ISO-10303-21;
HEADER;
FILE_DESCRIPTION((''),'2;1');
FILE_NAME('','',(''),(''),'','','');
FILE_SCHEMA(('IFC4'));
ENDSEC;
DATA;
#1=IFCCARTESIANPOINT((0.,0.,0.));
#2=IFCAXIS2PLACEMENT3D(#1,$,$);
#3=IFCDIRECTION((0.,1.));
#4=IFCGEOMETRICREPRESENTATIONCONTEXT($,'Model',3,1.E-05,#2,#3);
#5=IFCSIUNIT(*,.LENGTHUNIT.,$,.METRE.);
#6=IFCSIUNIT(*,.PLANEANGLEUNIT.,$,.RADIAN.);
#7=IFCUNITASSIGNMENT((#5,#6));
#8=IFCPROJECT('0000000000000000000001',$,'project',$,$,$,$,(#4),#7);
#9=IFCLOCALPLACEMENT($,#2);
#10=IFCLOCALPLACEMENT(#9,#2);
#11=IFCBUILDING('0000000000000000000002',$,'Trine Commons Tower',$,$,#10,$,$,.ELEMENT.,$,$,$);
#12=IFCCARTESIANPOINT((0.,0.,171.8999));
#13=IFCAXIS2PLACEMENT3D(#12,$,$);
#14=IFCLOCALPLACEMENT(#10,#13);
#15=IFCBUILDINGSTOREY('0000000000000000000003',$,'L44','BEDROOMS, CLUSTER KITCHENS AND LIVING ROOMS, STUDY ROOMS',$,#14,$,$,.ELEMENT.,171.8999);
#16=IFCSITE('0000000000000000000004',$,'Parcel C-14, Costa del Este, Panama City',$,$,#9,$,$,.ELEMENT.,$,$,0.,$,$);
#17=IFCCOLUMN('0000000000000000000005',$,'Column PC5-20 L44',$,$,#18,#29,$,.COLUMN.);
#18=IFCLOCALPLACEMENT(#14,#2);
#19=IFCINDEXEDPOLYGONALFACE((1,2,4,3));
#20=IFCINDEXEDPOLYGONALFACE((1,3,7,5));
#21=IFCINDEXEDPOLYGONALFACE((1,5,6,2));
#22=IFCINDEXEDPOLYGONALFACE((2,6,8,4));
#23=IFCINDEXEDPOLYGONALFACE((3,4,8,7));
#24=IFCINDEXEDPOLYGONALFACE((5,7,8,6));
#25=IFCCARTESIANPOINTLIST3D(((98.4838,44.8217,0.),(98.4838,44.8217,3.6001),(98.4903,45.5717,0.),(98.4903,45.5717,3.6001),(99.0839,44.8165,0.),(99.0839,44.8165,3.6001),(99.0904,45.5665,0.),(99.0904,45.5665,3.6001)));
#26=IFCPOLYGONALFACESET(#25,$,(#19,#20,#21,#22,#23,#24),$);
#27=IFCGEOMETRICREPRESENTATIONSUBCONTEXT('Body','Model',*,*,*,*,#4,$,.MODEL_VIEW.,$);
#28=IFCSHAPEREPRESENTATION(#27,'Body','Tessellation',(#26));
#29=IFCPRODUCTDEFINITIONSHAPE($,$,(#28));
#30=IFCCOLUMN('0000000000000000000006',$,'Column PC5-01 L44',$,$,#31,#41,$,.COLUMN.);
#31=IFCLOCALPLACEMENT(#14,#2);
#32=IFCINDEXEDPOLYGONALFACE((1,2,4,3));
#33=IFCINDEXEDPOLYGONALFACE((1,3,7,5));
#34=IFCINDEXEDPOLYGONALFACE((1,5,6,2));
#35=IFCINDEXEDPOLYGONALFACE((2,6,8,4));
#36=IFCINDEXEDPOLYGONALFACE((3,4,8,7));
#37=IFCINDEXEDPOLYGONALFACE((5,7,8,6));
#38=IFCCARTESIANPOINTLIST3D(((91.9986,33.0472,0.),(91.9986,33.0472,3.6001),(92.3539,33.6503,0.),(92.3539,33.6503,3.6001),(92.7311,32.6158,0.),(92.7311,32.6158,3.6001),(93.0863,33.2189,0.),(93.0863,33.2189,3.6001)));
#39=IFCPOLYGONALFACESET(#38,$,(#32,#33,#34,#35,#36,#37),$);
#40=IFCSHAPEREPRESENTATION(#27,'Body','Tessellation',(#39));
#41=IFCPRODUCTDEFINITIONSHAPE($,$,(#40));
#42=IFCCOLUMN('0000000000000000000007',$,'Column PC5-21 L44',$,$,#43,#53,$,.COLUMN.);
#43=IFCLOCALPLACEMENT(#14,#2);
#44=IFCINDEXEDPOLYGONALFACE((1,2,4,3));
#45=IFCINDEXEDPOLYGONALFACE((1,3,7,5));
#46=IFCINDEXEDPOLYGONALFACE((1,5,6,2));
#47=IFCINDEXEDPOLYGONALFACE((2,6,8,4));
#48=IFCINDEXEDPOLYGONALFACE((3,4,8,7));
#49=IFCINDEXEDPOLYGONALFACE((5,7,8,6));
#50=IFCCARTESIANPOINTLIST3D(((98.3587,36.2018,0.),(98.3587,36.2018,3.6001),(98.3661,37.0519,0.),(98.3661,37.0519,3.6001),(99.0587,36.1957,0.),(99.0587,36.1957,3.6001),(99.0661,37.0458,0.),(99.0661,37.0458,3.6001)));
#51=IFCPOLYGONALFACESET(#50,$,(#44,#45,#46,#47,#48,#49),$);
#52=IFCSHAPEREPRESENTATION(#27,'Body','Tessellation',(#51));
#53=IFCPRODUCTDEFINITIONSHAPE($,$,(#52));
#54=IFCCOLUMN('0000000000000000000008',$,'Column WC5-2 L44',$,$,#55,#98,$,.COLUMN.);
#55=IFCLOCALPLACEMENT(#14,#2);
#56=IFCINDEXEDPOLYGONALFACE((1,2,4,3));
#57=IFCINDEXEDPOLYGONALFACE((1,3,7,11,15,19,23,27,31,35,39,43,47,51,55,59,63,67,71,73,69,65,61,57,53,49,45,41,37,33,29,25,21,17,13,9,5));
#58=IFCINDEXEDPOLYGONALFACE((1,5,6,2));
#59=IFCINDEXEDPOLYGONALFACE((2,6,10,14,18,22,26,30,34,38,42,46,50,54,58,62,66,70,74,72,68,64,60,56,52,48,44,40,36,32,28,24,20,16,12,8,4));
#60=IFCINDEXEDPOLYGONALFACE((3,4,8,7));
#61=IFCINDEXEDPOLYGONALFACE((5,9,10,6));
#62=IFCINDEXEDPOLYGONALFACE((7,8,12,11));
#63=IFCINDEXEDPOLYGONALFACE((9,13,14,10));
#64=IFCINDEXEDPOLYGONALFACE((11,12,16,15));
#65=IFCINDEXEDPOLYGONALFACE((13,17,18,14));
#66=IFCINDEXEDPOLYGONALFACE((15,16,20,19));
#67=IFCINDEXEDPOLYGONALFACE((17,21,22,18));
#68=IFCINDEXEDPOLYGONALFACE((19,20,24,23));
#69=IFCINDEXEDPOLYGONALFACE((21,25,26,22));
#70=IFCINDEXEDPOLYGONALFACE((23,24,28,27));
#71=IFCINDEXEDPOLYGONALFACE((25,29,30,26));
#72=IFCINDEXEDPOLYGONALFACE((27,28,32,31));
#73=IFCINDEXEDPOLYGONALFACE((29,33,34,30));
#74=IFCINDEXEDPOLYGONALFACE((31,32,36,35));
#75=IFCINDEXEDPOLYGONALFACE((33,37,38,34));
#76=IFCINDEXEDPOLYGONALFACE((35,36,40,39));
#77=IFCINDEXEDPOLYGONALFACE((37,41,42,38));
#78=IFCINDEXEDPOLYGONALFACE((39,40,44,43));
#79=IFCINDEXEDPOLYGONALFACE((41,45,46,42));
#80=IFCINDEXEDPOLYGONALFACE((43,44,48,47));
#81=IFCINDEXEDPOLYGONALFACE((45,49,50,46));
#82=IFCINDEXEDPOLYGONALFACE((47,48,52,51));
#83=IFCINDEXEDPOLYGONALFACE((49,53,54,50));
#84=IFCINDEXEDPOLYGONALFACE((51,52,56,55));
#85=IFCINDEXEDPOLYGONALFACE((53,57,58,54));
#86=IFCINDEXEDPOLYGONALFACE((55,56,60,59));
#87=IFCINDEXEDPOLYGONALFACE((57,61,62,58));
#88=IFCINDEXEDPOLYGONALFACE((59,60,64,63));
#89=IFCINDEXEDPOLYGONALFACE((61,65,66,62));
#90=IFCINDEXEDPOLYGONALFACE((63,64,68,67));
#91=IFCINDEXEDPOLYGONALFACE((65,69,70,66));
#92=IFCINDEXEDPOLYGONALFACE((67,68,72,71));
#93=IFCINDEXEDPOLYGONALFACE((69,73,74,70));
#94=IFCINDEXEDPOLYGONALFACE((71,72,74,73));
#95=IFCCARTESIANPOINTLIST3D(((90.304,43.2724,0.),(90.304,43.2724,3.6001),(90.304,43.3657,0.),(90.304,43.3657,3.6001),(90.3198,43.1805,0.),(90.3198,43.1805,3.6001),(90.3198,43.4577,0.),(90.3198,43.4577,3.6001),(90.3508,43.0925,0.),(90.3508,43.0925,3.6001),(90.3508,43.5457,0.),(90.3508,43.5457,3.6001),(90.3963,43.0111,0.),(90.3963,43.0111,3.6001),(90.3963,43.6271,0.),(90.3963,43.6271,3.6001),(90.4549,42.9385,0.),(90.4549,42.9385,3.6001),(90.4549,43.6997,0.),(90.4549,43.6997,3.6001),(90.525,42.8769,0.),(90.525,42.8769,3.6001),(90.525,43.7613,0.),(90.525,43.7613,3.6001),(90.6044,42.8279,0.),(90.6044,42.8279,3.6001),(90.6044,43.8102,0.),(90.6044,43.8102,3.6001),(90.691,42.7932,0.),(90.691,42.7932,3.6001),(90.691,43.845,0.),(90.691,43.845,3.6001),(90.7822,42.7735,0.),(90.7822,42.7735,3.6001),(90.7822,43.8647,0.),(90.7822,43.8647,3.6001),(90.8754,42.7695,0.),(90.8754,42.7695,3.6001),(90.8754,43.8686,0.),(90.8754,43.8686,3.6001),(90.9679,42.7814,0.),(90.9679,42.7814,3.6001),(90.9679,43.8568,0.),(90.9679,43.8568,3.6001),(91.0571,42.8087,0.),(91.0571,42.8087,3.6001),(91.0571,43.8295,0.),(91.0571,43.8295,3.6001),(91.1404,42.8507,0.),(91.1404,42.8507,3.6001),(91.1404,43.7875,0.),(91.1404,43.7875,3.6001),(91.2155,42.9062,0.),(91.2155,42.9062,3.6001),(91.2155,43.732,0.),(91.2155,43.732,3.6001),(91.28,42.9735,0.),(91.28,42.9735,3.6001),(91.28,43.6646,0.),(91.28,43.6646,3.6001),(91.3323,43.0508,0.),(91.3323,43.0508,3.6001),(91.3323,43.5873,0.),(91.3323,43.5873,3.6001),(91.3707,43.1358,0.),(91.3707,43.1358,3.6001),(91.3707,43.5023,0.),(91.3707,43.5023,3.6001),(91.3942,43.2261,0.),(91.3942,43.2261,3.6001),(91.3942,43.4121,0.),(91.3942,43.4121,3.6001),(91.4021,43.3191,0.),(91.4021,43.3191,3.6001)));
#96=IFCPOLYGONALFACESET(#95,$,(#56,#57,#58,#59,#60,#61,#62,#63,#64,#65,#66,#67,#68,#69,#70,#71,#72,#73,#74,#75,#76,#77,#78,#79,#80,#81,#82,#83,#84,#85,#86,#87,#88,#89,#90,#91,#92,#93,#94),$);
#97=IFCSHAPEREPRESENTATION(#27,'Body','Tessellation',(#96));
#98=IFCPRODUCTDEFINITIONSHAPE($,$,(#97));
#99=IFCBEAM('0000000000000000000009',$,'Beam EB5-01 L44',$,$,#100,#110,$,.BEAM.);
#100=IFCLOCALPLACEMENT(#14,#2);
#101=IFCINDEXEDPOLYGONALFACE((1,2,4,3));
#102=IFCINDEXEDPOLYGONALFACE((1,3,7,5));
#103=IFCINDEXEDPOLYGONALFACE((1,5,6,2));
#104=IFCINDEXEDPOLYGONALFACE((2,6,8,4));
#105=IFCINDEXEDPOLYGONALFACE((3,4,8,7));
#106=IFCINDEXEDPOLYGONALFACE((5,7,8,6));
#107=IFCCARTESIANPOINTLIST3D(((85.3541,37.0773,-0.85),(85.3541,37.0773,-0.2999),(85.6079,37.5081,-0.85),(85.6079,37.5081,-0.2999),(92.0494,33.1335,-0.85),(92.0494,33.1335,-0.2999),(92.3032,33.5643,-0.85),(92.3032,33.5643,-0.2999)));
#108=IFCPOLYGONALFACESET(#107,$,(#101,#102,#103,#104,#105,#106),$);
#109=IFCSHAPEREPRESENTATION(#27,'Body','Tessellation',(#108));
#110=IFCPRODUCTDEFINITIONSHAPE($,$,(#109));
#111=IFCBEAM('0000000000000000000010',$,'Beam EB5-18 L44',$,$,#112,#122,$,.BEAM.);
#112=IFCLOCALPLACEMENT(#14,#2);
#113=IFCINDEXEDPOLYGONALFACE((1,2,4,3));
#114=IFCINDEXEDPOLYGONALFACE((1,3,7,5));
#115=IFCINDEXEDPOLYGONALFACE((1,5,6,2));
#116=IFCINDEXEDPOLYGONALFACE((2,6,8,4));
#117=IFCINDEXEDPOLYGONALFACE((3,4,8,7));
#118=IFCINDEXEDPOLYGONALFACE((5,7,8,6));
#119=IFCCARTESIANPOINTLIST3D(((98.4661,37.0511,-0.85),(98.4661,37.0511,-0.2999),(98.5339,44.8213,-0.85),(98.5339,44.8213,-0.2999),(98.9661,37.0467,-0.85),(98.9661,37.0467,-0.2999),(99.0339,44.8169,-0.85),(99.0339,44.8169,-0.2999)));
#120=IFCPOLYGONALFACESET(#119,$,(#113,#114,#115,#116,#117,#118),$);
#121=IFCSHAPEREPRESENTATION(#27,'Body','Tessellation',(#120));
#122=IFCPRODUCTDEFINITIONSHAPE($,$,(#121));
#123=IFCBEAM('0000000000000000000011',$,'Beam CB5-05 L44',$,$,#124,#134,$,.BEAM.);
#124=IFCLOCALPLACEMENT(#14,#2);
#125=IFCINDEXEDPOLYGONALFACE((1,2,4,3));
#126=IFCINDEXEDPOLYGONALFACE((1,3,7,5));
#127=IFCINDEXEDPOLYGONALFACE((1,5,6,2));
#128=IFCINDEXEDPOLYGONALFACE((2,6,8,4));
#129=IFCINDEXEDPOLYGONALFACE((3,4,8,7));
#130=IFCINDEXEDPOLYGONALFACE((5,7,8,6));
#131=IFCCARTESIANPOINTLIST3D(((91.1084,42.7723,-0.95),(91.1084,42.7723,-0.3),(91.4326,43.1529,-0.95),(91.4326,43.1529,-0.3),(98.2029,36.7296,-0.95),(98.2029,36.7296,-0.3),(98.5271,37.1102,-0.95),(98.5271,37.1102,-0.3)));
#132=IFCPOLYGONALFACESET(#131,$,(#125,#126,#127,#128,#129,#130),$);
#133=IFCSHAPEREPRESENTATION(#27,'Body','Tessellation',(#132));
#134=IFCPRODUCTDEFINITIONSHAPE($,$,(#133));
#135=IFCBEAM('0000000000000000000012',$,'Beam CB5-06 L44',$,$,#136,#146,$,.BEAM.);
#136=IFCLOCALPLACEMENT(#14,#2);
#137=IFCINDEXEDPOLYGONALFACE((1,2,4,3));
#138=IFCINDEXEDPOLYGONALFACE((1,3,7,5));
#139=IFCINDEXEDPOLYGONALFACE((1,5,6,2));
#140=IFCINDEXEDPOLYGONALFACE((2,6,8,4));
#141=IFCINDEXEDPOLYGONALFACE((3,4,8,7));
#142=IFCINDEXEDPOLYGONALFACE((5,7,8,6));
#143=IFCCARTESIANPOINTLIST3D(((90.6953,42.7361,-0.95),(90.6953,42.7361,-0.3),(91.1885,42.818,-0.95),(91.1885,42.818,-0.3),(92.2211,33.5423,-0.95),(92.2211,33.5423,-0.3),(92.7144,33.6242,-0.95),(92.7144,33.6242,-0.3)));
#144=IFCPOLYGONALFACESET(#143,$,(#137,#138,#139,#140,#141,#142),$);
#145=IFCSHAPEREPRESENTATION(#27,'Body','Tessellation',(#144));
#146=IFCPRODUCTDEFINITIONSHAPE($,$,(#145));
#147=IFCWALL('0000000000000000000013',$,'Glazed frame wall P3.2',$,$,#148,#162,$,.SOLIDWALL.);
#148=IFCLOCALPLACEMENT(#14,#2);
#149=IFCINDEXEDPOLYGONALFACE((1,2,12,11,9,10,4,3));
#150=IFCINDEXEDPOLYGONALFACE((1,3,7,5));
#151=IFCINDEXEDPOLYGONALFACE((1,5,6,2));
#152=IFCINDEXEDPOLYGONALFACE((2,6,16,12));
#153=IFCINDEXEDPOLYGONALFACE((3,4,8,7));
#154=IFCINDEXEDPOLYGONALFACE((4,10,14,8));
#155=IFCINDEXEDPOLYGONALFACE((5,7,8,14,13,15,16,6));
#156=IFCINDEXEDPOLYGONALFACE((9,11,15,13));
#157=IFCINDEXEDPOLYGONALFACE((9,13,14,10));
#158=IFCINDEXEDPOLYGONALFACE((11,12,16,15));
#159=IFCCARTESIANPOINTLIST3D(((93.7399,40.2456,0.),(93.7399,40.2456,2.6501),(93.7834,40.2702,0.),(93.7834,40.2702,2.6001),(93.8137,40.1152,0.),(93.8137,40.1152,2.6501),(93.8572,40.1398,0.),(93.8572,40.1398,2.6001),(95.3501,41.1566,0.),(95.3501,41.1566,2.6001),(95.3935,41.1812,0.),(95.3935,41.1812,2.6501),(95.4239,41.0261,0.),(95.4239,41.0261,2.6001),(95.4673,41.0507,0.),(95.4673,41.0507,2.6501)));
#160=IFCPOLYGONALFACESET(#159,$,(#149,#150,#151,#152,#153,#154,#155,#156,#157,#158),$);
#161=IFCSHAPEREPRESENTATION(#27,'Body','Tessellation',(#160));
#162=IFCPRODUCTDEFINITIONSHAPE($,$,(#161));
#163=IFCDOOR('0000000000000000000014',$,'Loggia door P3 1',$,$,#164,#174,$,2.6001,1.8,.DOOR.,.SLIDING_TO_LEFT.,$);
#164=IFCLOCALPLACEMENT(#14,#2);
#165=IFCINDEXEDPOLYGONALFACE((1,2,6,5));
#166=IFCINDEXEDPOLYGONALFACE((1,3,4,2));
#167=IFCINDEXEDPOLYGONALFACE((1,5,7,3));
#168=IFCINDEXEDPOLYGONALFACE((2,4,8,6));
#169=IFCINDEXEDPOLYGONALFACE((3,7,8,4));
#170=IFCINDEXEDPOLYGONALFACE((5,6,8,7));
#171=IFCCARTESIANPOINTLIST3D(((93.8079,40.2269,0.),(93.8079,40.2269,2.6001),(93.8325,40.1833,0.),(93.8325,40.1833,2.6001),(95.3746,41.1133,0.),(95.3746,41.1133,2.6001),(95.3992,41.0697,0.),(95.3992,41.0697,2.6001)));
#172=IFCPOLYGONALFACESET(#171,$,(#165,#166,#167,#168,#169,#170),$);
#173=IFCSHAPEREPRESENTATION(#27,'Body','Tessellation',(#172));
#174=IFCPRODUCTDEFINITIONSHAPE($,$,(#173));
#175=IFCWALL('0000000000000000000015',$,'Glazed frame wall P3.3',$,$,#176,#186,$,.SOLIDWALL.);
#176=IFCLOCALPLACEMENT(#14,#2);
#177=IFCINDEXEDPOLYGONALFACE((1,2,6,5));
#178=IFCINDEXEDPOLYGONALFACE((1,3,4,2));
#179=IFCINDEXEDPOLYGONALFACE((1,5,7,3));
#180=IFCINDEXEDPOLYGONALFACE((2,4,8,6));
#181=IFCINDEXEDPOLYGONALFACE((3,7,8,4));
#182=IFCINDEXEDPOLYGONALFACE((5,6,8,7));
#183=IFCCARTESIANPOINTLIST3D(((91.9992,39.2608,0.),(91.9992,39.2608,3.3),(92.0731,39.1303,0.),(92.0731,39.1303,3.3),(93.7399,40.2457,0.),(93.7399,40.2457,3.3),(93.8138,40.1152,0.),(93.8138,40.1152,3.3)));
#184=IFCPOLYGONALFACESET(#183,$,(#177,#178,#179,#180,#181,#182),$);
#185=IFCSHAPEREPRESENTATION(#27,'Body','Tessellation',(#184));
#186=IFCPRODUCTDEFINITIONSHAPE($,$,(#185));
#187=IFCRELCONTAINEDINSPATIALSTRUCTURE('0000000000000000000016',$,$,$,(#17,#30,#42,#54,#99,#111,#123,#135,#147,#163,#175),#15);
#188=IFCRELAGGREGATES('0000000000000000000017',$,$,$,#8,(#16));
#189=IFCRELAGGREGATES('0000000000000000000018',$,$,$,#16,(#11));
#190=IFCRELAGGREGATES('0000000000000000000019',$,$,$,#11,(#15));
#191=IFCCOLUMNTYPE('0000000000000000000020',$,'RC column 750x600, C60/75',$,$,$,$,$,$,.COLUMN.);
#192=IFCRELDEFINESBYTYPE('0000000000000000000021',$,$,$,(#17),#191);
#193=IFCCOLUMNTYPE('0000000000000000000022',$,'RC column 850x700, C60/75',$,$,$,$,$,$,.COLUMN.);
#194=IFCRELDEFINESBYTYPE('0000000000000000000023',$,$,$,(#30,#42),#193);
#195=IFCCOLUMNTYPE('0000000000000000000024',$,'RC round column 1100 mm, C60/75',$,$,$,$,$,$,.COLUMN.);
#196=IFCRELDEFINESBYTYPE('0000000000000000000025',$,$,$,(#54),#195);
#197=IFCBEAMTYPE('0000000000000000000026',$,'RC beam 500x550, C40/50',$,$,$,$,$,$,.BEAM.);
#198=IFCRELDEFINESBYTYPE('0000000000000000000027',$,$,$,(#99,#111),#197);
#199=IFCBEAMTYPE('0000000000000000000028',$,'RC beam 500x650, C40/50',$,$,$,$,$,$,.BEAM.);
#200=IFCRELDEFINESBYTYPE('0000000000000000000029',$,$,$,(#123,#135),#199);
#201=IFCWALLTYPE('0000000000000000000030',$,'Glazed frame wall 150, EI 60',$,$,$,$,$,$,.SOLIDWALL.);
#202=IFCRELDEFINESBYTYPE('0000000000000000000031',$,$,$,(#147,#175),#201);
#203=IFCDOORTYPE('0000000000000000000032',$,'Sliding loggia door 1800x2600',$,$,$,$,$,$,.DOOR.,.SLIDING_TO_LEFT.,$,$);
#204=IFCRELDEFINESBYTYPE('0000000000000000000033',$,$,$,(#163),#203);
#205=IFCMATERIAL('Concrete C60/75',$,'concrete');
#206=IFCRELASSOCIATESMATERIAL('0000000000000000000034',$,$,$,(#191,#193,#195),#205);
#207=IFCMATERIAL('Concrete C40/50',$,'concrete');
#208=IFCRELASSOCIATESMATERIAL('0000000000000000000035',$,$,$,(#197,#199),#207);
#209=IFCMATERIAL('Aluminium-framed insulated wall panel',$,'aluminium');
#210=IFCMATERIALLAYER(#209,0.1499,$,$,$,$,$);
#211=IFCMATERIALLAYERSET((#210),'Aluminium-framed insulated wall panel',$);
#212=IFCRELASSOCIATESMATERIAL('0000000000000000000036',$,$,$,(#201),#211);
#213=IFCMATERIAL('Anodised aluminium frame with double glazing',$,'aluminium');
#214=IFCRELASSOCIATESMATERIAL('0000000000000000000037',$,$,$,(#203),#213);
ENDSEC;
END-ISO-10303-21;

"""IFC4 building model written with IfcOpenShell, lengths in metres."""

from ifc_helpers import new_model, si_unit, direction, frame, frame_2d, origin, origin_2d, place, context, subcontext, project, spatial, polyline, rectangle, circle, outline, extrude, material, layer, layer_set, material_profile, profile_set, type_object, element, fill, save


model = new_model("IFC4")

# Units and contexts
model_context = context("Model", 3, precision=1e-05, world=origin(), true_north=direction((0.0, 1.0)))
body_context = subcontext(model_context, "Body", "Model", "MODEL_VIEW")
ifc_project = project(units=[si_unit("LENGTHUNIT", "METRE"), si_unit("PLANEANGLEUNIT", "RADIAN")], contexts=[model_context])

# Site, building, storey
site_placement = place(None, origin())
site = spatial("IfcSite", under=ifc_project, at=site_placement, Name="Parcel C-14, Costa del Este, Panama City", CompositionType="ELEMENT", RefElevation=0.0)
building_placement = place(site_placement, origin())
building = spatial("IfcBuilding", under=site, at=building_placement, Name="Trine Commons Tower", CompositionType="ELEMENT")
storey_placement = place(building_placement, frame((0.0, 0.0, 171.8999)))
storey = spatial("IfcBuildingStorey", under=building, at=storey_placement, Name="L44", Description="BEDROOMS, CLUSTER KITCHENS AND LIVING ROOMS, STUDY ROOMS", CompositionType="ELEMENT", Elevation=171.8999)

# Columns
ifc_material_1 = material(Name="Concrete C60/75", Category="concrete")
ifc_material_profile_1 = material_profile(ifc_material_1, rectangle(XDim=0.75, YDim=0.6001, at=origin_2d()), Name="RC 750x600")
ifc_profile_set_1 = profile_set([ifc_material_profile_1], Name="Concrete C60/75")
column_type_1 = type_object("IfcColumnType", Name="RC column 750x600, C60/75", PredefinedType="COLUMN", material=ifc_profile_set_1)
column_1_placement = place(storey_placement, frame((98.7871, 45.1941, 0.0), z_axis=(0.0, 0.0, 1.0), x_axis=(0.008727, 0.999962, 0.0)))
element("IfcColumn", 1, at=column_1_placement, inside=storey, type_object=column_type_1, Name="Column PC5-20 L44", PredefinedType="COLUMN", context=body_context, shape_type="SweptSolid", body=[
    extrude(rectangle(XDim=0.75, YDim=0.6001, at=origin_2d()), origin(), (0.0, 0.0, 1.0), 3.6001),
])
ifc_material_profile_2 = material_profile(ifc_material_1, rectangle(XDim=0.8501, YDim=0.7, at=origin_2d()), Name="RC 850x700")
ifc_profile_set_2 = profile_set([ifc_material_profile_2], Name="Concrete C60/75")
column_type_2 = type_object("IfcColumnType", Name="RC column 850x700, C60/75", PredefinedType="COLUMN", material=ifc_profile_set_2)
for number, where, z_axis, x_axis, name in (
    (2, (92.5425, 33.1331, 0.0), (0.0, 0.0, 1.0), (-0.861629, 0.507538, 0.0), "Column PC5-01 L44"),
    (3, (98.7124, 36.6238, 0.0), (0.0, 0.0, 1.0), (0.008727, 0.999962, 0.0), "Column PC5-21 L44"),
):
    element("IfcColumn", number, at=place(storey_placement, frame(where, z_axis=z_axis, x_axis=x_axis)), inside=storey, type_object=column_type_2, Name=name, PredefinedType="COLUMN", context=body_context, shape_type="SweptSolid", body=[
        extrude(rectangle(XDim=0.8501, YDim=0.7, at=origin_2d()), origin(), (0.0, 0.0, 1.0), 3.6001),
    ])
ifc_material_profile_3 = material_profile(ifc_material_1, circle(Radius=0.55, at=origin_2d()), Name="RC round 1100")
ifc_profile_set_3 = profile_set([ifc_material_profile_3], Name="Concrete C60/75")
column_type_3 = type_object("IfcColumnType", Name="RC round column 1100 mm, C60/75", PredefinedType="COLUMN", material=ifc_profile_set_3)
column_2_placement = place(storey_placement, frame((90.8521, 43.3191, 0.0), z_axis=(0.0, 0.0, 1.0), x_axis=(1.0, 0.0, 0.0)))
element("IfcColumn", 4, at=column_2_placement, inside=storey, type_object=column_type_3, Name="Column WC5-2 L44", PredefinedType="COLUMN", context=body_context, shape_type="SweptSolid", body=[
    extrude(circle(Radius=0.55, at=origin_2d()), origin(), (0.0, 0.0, 1.0), 3.6001),
])

# Beams
ifc_material_2 = material(Name="Concrete C40/50", Category="concrete")
ifc_material_profile_4 = material_profile(ifc_material_2, rectangle(XDim=0.5, YDim=0.55, at=origin_2d()), Name="RC 500x550")
ifc_profile_set_4 = profile_set([ifc_material_profile_4], Name="Concrete C40/50")
beam_type_1 = type_object("IfcBeamType", Name="RC beam 500x550, C40/50", PredefinedType="BEAM", material=ifc_profile_set_4)
for number, where, z_axis, x_axis, name in (
    (5, (92.1763, 33.3489, -0.575), (-0.861629, 0.507539, 0.0), (-0.507539, -0.861629, 0.0), "Beam EB5-01 L44"),
    (6, (98.7839, 44.8191, -0.575), (-0.008734, -0.999962, 0.0), (0.999962, -0.008734, 0.0), "Beam EB5-18 L44"),
):
    element("IfcBeam", number, at=place(storey_placement, frame(where, z_axis=z_axis, x_axis=x_axis)), inside=storey, type_object=beam_type_1, Name=name, PredefinedType="BEAM", context=body_context, shape_type="SweptSolid", body=[
        extrude(rectangle(XDim=0.5, YDim=0.55, at=origin_2d()), origin(), (0.0, 0.0, 1.0), 7.7705),
    ])
ifc_material_profile_5 = material_profile(ifc_material_2, rectangle(XDim=0.5, YDim=0.6499, at=origin_2d()), Name="RC 500x650")
ifc_profile_set_5 = profile_set([ifc_material_profile_5], Name="Concrete C40/50")
beam_type_2 = type_object("IfcBeamType", Name="RC beam 500x650, C40/50", PredefinedType="BEAM", material=ifc_profile_set_5)
beam_1_placement = place(storey_placement, frame((98.365, 36.9199, -0.625), z_axis=(-0.761282, 0.648421, 0.0), x_axis=(-0.648421, -0.761282, 0.0)))
element("IfcBeam", 7, at=beam_1_placement, inside=storey, type_object=beam_type_2, Name="Beam CB5-05 L44", PredefinedType="BEAM", context=body_context, shape_type="SweptSolid", body=[
    extrude(rectangle(XDim=0.5, YDim=0.6499, at=origin_2d()), origin(), (0.0, 0.0, 1.0), 9.3191),
])
beam_2_placement = place(storey_placement, frame((92.4678, 33.5833, -0.625), z_axis=(-0.163728, 0.986506, 0.0), x_axis=(-0.986506, -0.163728, 0.0)))
element("IfcBeam", 8, at=beam_2_placement, inside=storey, type_object=beam_type_2, Name="Beam CB5-06 L44", PredefinedType="BEAM", context=body_context, shape_type="SweptSolid", body=[
    extrude(rectangle(XDim=0.5, YDim=0.6499, at=origin_2d()), origin(), (0.0, 0.0, 1.0), 9.3196),
])

# Shared definitions
ifc_material_3 = material(Name="Aluminium-framed insulated wall panel", Category="aluminium")
ifc_layer_1 = layer(ifc_material_3, 0.1499)
ifc_layer_set_1 = layer_set([ifc_layer_1], Name="Aluminium-framed insulated wall panel")
wall_type_1 = type_object("IfcWallType", Name="Glazed frame wall 150, EI 60", PredefinedType="SOLIDWALL", material=ifc_layer_set_1)

# Wall, opening, door
wall_1_placement = place(storey_placement, frame((95.4304, 41.116, 0.0), z_axis=(0.0, 0.0, 1.0), x_axis=(-0.870355, -0.492426, 0.0)))
wall_1 = element("IfcWall", 9, at=wall_1_placement, inside=storey, type_object=wall_type_1, Name="Glazed frame wall P3.2", PredefinedType="SOLIDWALL", context=body_context, shape_type="SweptSolid", body=[
    extrude(outline(polyline([(0.0, -0.075), (1.8999, -0.075), (1.8999, 0.075), (0.0, 0.075), (0.0, -0.075)])), origin(), (0.0, 0.0, 1.0), 2.6501),
])
opening_1_placement = place(wall_1_placement, frame((0.05, 0.0, 0.0)))
opening_1 = element("IfcOpeningElement", 10, at=opening_1_placement, cuts=wall_1, PredefinedType="OPENING", context=body_context, shape_type="SweptSolid", body=[
    extrude(rectangle(XDim=1.8, YDim=2.6001, at=frame_2d((0.8999, 1.3))), frame((0.0, 0.085, 0.0), z_axis=(0.0, -1.0, 0.0), x_axis=(1.0, 0.0, 0.0)), (0.0, 0.0, 1.0), 0.1699),
])
ifc_material_4 = material(Name="Anodised aluminium frame with double glazing", Category="aluminium")
door_type_1 = type_object("IfcDoorType", Name="Sliding loggia door 1800x2600", OperationType="SLIDING_TO_LEFT", PredefinedType="DOOR", material=ifc_material_4)
door_1_placement = place(opening_1_placement, origin())
door_1 = element("IfcDoor", 11, at=door_1_placement, inside=storey, type_object=door_type_1, Name="Loggia door P3 1", OperationType="SLIDING_TO_LEFT", OverallHeight=2.6001, OverallWidth=1.8, PredefinedType="DOOR", context=body_context, shape_type="SweptSolid", body=[
    extrude(rectangle(XDim=1.8, YDim=2.6001, at=frame_2d((0.8999, 1.3))), frame((0.0, 0.0249, 0.0), z_axis=(0.0, -1.0, 0.0), x_axis=(1.0, 0.0, 0.0)), (0.0, 0.0, 1.0), 0.05),
])
fill(opening_1, door_1)

# Wall
wall_2_placement = place(storey_placement, frame((93.7769, 40.1804, 0.0), z_axis=(0.0, 0.0, 1.0), x_axis=(-0.870354, -0.492427, 0.0)))
element("IfcWall", 12, at=wall_2_placement, inside=storey, type_object=wall_type_1, Name="Glazed frame wall P3.3", PredefinedType="SOLIDWALL", context=body_context, shape_type="SweptSolid", body=[
    extrude(outline(polyline([(0.0, -0.075), (2.0, -0.075), (2.0, 0.075), (0.0, 0.075), (0.0, -0.075)])), origin(), (0.0, 0.0, 1.0), 3.3),
])

save(model, "model.ifc")
